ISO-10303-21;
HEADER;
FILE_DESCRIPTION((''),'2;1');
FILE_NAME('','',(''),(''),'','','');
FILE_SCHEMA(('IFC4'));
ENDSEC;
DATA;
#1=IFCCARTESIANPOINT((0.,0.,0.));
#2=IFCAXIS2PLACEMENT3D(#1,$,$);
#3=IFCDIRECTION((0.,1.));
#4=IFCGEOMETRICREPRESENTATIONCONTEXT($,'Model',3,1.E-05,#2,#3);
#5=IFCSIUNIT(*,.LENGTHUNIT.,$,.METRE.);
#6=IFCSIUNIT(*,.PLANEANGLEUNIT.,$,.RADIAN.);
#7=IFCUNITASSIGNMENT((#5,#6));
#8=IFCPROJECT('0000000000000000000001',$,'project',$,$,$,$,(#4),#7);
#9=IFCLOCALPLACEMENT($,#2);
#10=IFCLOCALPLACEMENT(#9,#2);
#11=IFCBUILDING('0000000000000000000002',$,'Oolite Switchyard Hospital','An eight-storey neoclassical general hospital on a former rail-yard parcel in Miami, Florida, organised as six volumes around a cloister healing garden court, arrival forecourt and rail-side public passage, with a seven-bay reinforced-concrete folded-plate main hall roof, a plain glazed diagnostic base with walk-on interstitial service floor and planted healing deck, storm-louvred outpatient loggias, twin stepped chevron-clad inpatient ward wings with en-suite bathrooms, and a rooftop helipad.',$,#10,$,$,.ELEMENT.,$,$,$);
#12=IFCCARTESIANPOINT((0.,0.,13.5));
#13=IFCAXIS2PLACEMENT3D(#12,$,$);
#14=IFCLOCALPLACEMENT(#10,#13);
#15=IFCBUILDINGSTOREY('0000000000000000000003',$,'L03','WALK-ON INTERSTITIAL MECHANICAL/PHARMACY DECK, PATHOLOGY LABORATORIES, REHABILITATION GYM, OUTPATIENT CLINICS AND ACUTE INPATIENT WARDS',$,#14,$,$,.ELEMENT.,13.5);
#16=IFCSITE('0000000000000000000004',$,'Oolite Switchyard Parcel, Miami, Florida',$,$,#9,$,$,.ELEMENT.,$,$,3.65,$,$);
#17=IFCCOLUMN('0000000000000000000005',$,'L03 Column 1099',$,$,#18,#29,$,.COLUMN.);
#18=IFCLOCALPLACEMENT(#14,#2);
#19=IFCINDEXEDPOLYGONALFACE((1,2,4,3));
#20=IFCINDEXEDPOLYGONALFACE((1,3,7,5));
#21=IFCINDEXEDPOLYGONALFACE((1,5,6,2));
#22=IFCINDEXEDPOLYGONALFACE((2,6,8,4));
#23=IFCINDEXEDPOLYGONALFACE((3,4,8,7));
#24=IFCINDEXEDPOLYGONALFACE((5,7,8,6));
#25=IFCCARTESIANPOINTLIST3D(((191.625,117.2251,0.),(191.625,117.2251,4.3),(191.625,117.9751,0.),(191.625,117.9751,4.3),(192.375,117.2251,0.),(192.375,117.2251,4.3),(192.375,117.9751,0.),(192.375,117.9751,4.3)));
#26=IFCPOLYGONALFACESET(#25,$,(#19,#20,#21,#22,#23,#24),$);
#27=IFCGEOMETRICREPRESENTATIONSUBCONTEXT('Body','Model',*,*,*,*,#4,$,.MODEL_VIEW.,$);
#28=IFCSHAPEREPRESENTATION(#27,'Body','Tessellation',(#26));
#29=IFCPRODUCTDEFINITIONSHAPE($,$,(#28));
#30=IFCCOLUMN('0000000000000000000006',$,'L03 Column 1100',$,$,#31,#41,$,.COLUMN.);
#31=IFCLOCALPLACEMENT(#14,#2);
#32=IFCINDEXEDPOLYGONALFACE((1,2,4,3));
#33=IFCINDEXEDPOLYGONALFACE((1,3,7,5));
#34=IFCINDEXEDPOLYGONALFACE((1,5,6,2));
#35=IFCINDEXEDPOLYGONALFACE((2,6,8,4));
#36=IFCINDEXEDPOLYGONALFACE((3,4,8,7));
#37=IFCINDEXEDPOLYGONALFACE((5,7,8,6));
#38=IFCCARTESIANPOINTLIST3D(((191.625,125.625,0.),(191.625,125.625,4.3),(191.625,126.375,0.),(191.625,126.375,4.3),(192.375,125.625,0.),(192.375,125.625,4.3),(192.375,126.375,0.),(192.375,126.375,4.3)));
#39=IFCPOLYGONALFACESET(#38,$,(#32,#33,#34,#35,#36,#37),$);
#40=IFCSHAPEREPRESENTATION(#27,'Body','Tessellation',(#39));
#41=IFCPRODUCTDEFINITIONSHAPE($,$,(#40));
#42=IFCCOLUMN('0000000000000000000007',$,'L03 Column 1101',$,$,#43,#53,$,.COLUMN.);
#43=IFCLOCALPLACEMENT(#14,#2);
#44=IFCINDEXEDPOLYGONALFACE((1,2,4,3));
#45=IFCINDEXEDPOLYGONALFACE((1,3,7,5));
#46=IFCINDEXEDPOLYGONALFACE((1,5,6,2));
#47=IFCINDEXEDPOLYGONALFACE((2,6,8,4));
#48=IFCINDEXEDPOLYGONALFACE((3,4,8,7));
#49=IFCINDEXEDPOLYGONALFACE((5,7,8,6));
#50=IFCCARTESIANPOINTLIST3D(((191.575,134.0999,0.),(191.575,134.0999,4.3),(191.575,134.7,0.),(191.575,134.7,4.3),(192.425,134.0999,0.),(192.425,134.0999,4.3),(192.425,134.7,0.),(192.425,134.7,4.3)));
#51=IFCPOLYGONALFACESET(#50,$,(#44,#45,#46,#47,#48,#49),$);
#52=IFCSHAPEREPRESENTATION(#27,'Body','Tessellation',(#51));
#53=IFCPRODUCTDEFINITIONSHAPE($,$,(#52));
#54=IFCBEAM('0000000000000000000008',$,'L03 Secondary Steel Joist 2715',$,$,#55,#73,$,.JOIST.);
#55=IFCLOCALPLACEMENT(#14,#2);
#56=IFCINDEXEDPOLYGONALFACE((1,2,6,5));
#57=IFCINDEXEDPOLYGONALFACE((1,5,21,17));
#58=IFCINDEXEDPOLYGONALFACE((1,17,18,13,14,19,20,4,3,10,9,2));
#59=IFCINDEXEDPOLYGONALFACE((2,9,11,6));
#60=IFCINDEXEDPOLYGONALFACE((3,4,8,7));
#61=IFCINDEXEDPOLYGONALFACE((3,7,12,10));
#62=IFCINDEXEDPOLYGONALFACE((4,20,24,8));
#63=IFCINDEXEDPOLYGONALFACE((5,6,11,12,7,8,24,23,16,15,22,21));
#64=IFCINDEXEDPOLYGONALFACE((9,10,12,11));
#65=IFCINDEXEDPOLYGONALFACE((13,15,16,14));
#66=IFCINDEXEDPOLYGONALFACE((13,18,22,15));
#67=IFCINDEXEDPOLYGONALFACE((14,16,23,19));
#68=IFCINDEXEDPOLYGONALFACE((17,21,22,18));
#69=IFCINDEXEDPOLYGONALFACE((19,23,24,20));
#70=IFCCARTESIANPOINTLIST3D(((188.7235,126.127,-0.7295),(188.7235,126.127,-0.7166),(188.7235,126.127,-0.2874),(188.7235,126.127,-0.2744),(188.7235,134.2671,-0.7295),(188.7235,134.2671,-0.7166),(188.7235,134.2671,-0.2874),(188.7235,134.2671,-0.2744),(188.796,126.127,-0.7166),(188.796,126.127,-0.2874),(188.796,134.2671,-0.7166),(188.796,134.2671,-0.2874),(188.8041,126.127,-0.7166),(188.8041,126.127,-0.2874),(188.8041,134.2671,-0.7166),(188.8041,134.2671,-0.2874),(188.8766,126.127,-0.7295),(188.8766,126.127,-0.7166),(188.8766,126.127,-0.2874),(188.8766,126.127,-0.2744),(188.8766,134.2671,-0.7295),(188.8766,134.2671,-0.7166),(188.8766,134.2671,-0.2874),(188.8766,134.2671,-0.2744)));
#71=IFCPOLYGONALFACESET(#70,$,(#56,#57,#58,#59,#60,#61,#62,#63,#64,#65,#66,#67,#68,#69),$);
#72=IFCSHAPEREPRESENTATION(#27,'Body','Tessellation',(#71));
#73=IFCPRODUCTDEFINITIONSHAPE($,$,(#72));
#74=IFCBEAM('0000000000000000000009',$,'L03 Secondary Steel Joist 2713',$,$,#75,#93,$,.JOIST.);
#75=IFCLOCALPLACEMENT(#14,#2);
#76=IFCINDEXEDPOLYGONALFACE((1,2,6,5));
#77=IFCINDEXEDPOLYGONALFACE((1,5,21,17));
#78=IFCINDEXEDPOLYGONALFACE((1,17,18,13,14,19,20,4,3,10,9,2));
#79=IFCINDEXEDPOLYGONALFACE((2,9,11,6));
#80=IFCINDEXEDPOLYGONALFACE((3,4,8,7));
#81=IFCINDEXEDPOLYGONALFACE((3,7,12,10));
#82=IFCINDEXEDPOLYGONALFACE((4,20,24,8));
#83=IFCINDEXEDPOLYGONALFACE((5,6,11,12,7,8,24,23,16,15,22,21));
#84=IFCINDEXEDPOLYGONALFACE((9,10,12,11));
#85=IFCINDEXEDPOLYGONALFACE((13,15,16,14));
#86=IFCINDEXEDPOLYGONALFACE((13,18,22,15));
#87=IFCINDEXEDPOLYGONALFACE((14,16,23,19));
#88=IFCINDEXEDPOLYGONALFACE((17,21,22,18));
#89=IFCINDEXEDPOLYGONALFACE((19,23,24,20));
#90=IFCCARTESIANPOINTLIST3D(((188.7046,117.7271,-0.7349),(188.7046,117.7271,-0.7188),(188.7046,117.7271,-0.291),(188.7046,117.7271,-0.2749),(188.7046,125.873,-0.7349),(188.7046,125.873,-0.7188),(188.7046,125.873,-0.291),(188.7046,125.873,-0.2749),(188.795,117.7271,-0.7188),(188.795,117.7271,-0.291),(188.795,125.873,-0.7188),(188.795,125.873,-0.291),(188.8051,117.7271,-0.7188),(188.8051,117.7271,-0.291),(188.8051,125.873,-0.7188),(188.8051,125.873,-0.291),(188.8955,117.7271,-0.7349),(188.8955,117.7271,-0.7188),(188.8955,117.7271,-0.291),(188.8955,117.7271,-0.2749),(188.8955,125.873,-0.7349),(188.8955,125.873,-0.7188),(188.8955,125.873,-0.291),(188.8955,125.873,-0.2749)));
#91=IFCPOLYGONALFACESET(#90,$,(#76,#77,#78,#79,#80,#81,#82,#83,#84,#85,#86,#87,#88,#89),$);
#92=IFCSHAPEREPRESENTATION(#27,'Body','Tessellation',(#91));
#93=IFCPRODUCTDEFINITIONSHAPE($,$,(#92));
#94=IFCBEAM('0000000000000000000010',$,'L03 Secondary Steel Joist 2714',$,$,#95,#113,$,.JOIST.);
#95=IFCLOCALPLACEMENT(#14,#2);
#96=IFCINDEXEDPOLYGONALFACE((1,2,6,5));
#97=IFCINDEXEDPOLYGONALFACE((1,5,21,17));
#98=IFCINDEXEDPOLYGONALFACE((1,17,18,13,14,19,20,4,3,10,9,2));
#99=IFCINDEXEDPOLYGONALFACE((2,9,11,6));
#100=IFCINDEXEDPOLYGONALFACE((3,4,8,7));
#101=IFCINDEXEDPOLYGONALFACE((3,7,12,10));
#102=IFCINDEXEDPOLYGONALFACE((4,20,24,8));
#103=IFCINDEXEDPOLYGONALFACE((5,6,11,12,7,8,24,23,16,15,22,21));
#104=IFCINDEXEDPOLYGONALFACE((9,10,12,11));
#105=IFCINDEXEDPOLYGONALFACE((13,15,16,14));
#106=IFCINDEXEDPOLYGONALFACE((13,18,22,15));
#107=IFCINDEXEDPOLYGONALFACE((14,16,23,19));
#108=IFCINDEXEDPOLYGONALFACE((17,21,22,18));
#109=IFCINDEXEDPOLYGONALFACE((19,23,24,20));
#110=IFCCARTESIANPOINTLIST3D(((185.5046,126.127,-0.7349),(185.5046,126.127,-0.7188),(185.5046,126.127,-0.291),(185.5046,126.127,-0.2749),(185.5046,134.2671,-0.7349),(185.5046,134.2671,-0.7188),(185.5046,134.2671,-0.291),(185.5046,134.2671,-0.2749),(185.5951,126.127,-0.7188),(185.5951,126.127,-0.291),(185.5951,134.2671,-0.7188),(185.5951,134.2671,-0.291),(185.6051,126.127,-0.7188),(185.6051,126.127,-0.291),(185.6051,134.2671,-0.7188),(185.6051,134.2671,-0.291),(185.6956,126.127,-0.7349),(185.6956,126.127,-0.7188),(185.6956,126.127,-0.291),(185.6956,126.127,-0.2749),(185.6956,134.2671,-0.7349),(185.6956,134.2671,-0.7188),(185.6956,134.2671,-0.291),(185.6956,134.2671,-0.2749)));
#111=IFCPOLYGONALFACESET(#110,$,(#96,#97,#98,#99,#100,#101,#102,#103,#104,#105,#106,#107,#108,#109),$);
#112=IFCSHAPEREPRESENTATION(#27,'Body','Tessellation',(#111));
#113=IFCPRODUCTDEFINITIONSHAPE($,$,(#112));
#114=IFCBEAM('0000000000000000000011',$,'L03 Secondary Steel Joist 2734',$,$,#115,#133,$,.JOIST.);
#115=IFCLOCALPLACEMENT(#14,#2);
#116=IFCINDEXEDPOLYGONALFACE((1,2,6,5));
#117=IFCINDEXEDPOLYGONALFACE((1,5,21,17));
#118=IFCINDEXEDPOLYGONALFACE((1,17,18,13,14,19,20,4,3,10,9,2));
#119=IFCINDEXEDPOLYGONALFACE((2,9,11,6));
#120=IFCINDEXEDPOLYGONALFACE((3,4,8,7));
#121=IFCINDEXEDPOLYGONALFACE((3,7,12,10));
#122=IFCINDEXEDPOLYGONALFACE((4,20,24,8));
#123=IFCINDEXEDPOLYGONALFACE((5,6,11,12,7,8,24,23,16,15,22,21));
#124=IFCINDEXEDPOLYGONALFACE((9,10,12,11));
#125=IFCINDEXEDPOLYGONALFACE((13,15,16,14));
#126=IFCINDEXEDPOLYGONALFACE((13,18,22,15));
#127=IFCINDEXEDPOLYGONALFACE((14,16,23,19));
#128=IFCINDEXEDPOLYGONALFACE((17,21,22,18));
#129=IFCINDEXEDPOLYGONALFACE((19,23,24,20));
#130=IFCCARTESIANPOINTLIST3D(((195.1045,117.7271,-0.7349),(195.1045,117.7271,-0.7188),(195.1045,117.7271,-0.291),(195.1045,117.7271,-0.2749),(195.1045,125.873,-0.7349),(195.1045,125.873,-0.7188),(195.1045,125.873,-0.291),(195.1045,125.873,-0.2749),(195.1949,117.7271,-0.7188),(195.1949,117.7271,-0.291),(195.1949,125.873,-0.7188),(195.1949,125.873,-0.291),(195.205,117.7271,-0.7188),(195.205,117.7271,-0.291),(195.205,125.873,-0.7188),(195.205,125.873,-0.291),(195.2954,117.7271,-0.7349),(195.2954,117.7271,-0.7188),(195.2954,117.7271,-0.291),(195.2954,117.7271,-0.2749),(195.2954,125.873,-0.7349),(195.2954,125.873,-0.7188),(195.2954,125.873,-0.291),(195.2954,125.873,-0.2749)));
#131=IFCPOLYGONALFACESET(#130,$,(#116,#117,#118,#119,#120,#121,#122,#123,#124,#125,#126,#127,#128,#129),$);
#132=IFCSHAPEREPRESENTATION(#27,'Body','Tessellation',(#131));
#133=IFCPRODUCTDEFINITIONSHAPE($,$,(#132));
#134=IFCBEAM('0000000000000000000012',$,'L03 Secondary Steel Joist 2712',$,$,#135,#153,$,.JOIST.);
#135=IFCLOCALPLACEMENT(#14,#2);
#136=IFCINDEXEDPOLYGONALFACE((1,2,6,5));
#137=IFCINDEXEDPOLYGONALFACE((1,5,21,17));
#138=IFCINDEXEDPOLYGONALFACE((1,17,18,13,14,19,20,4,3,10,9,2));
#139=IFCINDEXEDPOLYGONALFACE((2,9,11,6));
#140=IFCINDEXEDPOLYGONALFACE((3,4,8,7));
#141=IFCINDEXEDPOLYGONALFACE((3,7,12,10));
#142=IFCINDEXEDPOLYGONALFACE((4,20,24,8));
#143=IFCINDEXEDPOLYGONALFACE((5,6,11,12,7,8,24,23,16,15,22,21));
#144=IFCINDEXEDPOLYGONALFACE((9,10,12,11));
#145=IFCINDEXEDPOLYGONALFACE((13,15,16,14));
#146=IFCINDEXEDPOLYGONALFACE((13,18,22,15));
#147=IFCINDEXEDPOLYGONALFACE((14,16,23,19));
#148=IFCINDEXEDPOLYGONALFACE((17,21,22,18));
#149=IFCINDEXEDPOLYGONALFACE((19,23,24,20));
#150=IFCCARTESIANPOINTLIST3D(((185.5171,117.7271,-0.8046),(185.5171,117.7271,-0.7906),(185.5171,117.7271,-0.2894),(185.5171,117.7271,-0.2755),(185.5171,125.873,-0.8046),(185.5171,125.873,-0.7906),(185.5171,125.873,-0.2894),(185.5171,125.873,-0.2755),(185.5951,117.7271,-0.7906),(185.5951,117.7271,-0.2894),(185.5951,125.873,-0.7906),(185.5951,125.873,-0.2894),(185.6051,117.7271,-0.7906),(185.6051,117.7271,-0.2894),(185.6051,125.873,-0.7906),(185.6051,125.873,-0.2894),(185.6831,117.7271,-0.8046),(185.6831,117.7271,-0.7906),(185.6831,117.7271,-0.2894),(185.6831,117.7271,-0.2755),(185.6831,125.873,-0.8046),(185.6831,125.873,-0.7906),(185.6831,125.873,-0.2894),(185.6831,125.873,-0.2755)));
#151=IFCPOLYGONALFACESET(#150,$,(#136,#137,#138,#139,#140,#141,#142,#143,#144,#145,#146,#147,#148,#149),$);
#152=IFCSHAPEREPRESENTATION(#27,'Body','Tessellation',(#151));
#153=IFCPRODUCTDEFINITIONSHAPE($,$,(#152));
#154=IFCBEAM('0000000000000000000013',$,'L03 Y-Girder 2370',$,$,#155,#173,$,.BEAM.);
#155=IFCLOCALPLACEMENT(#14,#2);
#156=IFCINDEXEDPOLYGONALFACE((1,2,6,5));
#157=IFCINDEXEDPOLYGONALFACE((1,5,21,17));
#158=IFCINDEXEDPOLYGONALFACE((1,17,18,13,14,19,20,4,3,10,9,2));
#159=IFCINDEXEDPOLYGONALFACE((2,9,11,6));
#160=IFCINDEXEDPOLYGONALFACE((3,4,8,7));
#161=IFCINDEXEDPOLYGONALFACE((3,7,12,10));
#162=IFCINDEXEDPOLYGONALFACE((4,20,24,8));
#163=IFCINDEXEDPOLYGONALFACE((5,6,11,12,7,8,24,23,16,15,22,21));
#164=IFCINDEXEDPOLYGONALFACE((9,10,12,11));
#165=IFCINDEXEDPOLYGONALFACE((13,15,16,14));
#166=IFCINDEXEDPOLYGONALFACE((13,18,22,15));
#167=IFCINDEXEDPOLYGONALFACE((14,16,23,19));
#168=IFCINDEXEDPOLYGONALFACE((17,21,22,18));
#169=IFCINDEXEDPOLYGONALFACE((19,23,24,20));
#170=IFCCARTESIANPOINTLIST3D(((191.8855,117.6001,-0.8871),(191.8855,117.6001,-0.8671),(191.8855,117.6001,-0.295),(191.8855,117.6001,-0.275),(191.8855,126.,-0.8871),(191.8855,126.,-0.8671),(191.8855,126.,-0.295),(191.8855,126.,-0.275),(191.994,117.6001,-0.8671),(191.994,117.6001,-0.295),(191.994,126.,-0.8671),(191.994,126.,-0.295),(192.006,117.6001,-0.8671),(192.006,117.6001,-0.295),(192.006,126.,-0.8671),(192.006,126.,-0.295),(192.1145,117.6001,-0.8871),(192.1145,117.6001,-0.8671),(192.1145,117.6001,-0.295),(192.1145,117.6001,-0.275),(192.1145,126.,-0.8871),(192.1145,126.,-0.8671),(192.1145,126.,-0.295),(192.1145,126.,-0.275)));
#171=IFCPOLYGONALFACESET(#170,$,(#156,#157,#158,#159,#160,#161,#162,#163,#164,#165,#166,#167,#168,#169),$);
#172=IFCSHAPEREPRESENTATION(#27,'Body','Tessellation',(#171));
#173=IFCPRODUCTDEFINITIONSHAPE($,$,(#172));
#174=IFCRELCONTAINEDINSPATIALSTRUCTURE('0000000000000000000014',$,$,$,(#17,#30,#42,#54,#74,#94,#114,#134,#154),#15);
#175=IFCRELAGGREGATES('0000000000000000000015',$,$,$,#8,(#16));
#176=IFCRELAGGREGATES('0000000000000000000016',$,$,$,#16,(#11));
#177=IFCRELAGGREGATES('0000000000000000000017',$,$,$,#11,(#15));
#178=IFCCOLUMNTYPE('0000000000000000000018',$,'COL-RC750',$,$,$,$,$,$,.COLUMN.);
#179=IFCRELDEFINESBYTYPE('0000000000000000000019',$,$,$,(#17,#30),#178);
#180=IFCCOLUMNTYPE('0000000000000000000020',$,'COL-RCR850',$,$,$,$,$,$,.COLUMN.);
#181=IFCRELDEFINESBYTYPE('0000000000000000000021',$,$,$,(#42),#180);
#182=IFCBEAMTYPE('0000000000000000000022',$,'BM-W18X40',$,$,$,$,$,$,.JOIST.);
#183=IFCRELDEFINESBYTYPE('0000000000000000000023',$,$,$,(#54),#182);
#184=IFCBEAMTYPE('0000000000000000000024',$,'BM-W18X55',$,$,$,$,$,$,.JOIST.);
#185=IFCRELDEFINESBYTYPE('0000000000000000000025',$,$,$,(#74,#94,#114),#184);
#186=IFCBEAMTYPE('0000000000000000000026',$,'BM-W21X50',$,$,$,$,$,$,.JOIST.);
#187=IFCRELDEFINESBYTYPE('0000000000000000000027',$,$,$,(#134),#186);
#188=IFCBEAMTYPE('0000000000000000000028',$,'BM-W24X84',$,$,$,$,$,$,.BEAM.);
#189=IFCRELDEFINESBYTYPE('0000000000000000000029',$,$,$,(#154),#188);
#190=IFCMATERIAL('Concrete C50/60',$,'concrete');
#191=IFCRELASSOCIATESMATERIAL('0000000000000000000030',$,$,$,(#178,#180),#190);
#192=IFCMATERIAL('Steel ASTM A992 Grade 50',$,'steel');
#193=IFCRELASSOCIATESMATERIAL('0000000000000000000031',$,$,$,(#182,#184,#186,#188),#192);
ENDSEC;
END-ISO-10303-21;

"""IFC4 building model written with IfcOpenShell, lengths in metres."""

from ifc_helpers import new_model, si_unit, direction, frame, origin, origin_2d, place, context, subcontext, project, spatial, rectangle, i_section, extrude, material, material_profile, profile_set, type_object, element, save


model = new_model("IFC4")

# Units and contexts
model_context = context("Model", 3, precision=1e-05, world=origin(), true_north=direction((0.0, 1.0)))
body_context = subcontext(model_context, "Body", "Model", "MODEL_VIEW")
ifc_project = project(units=[si_unit("LENGTHUNIT", "METRE"), si_unit("PLANEANGLEUNIT", "RADIAN")], contexts=[model_context])

# Site, building, storey
site_placement = place(None, origin())
site = spatial("IfcSite", under=ifc_project, at=site_placement, Name="Oolite Switchyard Parcel, Miami, Florida", CompositionType="ELEMENT", RefElevation=3.65)
building_placement = place(site_placement, origin())
building = spatial("IfcBuilding", under=site, at=building_placement, Name="Oolite Switchyard Hospital", Description="An eight-storey neoclassical general hospital on a former rail-yard parcel in Miami, Florida, organised as six volumes around a cloister healing garden court, arrival forecourt and rail-side public passage, with a seven-bay reinforced-concrete folded-plate main hall roof, a plain glazed diagnostic base with walk-on interstitial service floor and planted healing deck, storm-louvred outpatient loggias, twin stepped chevron-clad inpatient ward wings with en-suite bathrooms, and a rooftop helipad.", CompositionType="ELEMENT")
storey_placement = place(building_placement, frame((0.0, 0.0, 13.5)))
storey = spatial("IfcBuildingStorey", under=building, at=storey_placement, Name="L03", Description="WALK-ON INTERSTITIAL MECHANICAL/PHARMACY DECK, PATHOLOGY LABORATORIES, REHABILITATION GYM, OUTPATIENT CLINICS AND ACUTE INPATIENT WARDS", CompositionType="ELEMENT", Elevation=13.5)

# Columns
ifc_material_1 = material(Name="Concrete C50/60", Category="concrete")
ifc_material_profile_1 = material_profile(ifc_material_1, rectangle(XDim=0.75, YDim=0.75, at=origin_2d()), Name="RC750X750")
ifc_profile_set_1 = profile_set([ifc_material_profile_1], Name="Concrete C50/60")
column_type_1 = type_object("IfcColumnType", Name="COL-RC750", PredefinedType="COLUMN", material=ifc_profile_set_1)
for number, where, z_axis, x_axis, name in (
    (1, (192.0, 117.6001, 0.0), (0.0, 0.0, 1.0), (1.0, 0.0, 0.0), "L03 Column 1099"),
    (2, (192.0, 126.0, 0.0), (0.0, 0.0, 1.0), (1.0, 0.0, 0.0), "L03 Column 1100"),
):
    element("IfcColumn", number, at=place(storey_placement, frame(where, z_axis=z_axis, x_axis=x_axis)), inside=storey, type_object=column_type_1, Name=name, PredefinedType="COLUMN", context=body_context, shape_type="SweptSolid", body=[
        extrude(rectangle(XDim=0.75, YDim=0.75, at=origin_2d()), origin(), (0.0, 0.0, 1.0), 4.3),
    ])
ifc_material_profile_2 = material_profile(ifc_material_1, rectangle(XDim=0.8501, YDim=0.6001, at=origin_2d()), Name="RC850X600")
ifc_profile_set_2 = profile_set([ifc_material_profile_2], Name="Concrete C50/60")
column_type_2 = type_object("IfcColumnType", Name="COL-RCR850", PredefinedType="COLUMN", material=ifc_profile_set_2)
column_placement = place(storey_placement, frame((192.0, 134.3999, 0.0), z_axis=(0.0, 0.0, 1.0), x_axis=(1.0, 0.0, 0.0)))
element("IfcColumn", 3, at=column_placement, inside=storey, type_object=column_type_2, Name="L03 Column 1101", PredefinedType="COLUMN", context=body_context, shape_type="SweptSolid", body=[
    extrude(rectangle(XDim=0.8501, YDim=0.6001, at=origin_2d()), origin(), (0.0, 0.0, 1.0), 4.3),
])

# Beams
ifc_material_2 = material(Name="Steel ASTM A992 Grade 50", Category="steel")
ifc_material_profile_3 = material_profile(ifc_material_2, i_section(OverallWidth=0.1531, OverallDepth=0.4551, WebThickness=0.0081, FlangeThickness=0.0129, at=origin_2d()), Name="W18X40")
ifc_profile_set_3 = profile_set([ifc_material_profile_3], Name="Steel ASTM A992 Grade 50")
beam_type_1 = type_object("IfcBeamType", Name="BM-W18X40", PredefinedType="JOIST", material=ifc_profile_set_3)
beam_1_placement = place(storey_placement, frame((188.8, 126.127, -0.502), z_axis=(0.0, 1.0, 0.0), x_axis=(-1.0, 0.0, 0.0)))
element("IfcBeam", 4, at=beam_1_placement, inside=storey, type_object=beam_type_1, Name="L03 Secondary Steel Joist 2715", PredefinedType="JOIST", context=body_context, shape_type="SweptSolid", body=[
    extrude(i_section(OverallWidth=0.1531, OverallDepth=0.4551, WebThickness=0.0081, FlangeThickness=0.0129, at=origin_2d()), origin(), (0.0, 0.0, 1.0), 8.1401),
])
ifc_material_profile_4 = material_profile(ifc_material_2, i_section(OverallWidth=0.1909, OverallDepth=0.46, WebThickness=0.01, FlangeThickness=0.0161, at=origin_2d()), Name="W18X55")
ifc_profile_set_4 = profile_set([ifc_material_profile_4], Name="Steel ASTM A992 Grade 50")
beam_type_2 = type_object("IfcBeamType", Name="BM-W18X55", PredefinedType="JOIST", material=ifc_profile_set_4)
beam_2_placement = place(storey_placement, frame((188.8, 117.7271, -0.5049), z_axis=(0.0, 1.0, 0.0), x_axis=(-1.0, 0.0, 0.0)))
element("IfcBeam", 5, at=beam_2_placement, inside=storey, type_object=beam_type_2, Name="L03 Secondary Steel Joist 2713", PredefinedType="JOIST", context=body_context, shape_type="SweptSolid", body=[
    extrude(i_section(OverallWidth=0.1909, OverallDepth=0.46, WebThickness=0.01, FlangeThickness=0.0161, at=origin_2d()), origin(), (0.0, 0.0, 1.0), 8.146),
])
beam_3_placement = place(storey_placement, frame((185.6001, 126.127, -0.5049), z_axis=(0.0, 1.0, 0.0), x_axis=(-1.0, 0.0, 0.0)))
element("IfcBeam", 6, at=beam_3_placement, inside=storey, type_object=beam_type_2, Name="L03 Secondary Steel Joist 2714", PredefinedType="JOIST", context=body_context, shape_type="SweptSolid", body=[
    extrude(i_section(OverallWidth=0.1909, OverallDepth=0.46, WebThickness=0.01, FlangeThickness=0.0161, at=origin_2d()), origin(), (0.0, 0.0, 1.0), 8.1401),
])
beam_4_placement = place(storey_placement, frame((195.2, 117.7271, -0.5049), z_axis=(0.0, 1.0, 0.0), x_axis=(-1.0, 0.0, 0.0)))
element("IfcBeam", 7, at=beam_4_placement, inside=storey, type_object=beam_type_2, Name="L03 Secondary Steel Joist 2734", PredefinedType="JOIST", context=body_context, shape_type="SweptSolid", body=[
    extrude(i_section(OverallWidth=0.1909, OverallDepth=0.46, WebThickness=0.01, FlangeThickness=0.0161, at=origin_2d()), origin(), (0.0, 0.0, 1.0), 8.146),
])
ifc_material_profile_5 = material_profile(ifc_material_2, i_section(OverallWidth=0.166, OverallDepth=0.5291, WebThickness=0.01, FlangeThickness=0.0139, at=origin_2d()), Name="W21X50")
ifc_profile_set_5 = profile_set([ifc_material_profile_5], Name="Steel ASTM A992 Grade 50")
beam_type_3 = type_object("IfcBeamType", Name="BM-W21X50", PredefinedType="JOIST", material=ifc_profile_set_5)
beam_5_placement = place(storey_placement, frame((185.6001, 117.7271, -0.54), z_axis=(0.0, 1.0, 0.0), x_axis=(-1.0, 0.0, 0.0)))
element("IfcBeam", 8, at=beam_5_placement, inside=storey, type_object=beam_type_3, Name="L03 Secondary Steel Joist 2712", PredefinedType="JOIST", context=body_context, shape_type="SweptSolid", body=[
    extrude(i_section(OverallWidth=0.166, OverallDepth=0.5291, WebThickness=0.01, FlangeThickness=0.0139, at=origin_2d()), origin(), (0.0, 0.0, 1.0), 8.146),
])
ifc_material_profile_6 = material_profile(ifc_material_2, i_section(OverallWidth=0.229, OverallDepth=0.6121, WebThickness=0.012, FlangeThickness=0.02, at=origin_2d()), Name="W24X84")
ifc_profile_set_6 = profile_set([ifc_material_profile_6], Name="Steel ASTM A992 Grade 50")
beam_type_4 = type_object("IfcBeamType", Name="BM-W24X84", PredefinedType="BEAM", material=ifc_profile_set_6)
for number, where, z_axis, x_axis, name in (
    (9, (192.0, 117.6001, -0.5811), (0.0, 1.0, 0.0), (-1.0, 0.0, 0.0), "L03 Y-Girder 2370"),
):
    element("IfcBeam", number, at=place(storey_placement, frame(where, z_axis=z_axis, x_axis=x_axis)), inside=storey, type_object=beam_type_4, Name=name, PredefinedType="BEAM", context=body_context, shape_type="SweptSolid", body=[
        extrude(i_section(OverallWidth=0.229, OverallDepth=0.6121, WebThickness=0.012, FlangeThickness=0.02, at=origin_2d()), origin(), (0.0, 0.0, 1.0), 8.3999),
    ])

save(model, "model.ifc")
